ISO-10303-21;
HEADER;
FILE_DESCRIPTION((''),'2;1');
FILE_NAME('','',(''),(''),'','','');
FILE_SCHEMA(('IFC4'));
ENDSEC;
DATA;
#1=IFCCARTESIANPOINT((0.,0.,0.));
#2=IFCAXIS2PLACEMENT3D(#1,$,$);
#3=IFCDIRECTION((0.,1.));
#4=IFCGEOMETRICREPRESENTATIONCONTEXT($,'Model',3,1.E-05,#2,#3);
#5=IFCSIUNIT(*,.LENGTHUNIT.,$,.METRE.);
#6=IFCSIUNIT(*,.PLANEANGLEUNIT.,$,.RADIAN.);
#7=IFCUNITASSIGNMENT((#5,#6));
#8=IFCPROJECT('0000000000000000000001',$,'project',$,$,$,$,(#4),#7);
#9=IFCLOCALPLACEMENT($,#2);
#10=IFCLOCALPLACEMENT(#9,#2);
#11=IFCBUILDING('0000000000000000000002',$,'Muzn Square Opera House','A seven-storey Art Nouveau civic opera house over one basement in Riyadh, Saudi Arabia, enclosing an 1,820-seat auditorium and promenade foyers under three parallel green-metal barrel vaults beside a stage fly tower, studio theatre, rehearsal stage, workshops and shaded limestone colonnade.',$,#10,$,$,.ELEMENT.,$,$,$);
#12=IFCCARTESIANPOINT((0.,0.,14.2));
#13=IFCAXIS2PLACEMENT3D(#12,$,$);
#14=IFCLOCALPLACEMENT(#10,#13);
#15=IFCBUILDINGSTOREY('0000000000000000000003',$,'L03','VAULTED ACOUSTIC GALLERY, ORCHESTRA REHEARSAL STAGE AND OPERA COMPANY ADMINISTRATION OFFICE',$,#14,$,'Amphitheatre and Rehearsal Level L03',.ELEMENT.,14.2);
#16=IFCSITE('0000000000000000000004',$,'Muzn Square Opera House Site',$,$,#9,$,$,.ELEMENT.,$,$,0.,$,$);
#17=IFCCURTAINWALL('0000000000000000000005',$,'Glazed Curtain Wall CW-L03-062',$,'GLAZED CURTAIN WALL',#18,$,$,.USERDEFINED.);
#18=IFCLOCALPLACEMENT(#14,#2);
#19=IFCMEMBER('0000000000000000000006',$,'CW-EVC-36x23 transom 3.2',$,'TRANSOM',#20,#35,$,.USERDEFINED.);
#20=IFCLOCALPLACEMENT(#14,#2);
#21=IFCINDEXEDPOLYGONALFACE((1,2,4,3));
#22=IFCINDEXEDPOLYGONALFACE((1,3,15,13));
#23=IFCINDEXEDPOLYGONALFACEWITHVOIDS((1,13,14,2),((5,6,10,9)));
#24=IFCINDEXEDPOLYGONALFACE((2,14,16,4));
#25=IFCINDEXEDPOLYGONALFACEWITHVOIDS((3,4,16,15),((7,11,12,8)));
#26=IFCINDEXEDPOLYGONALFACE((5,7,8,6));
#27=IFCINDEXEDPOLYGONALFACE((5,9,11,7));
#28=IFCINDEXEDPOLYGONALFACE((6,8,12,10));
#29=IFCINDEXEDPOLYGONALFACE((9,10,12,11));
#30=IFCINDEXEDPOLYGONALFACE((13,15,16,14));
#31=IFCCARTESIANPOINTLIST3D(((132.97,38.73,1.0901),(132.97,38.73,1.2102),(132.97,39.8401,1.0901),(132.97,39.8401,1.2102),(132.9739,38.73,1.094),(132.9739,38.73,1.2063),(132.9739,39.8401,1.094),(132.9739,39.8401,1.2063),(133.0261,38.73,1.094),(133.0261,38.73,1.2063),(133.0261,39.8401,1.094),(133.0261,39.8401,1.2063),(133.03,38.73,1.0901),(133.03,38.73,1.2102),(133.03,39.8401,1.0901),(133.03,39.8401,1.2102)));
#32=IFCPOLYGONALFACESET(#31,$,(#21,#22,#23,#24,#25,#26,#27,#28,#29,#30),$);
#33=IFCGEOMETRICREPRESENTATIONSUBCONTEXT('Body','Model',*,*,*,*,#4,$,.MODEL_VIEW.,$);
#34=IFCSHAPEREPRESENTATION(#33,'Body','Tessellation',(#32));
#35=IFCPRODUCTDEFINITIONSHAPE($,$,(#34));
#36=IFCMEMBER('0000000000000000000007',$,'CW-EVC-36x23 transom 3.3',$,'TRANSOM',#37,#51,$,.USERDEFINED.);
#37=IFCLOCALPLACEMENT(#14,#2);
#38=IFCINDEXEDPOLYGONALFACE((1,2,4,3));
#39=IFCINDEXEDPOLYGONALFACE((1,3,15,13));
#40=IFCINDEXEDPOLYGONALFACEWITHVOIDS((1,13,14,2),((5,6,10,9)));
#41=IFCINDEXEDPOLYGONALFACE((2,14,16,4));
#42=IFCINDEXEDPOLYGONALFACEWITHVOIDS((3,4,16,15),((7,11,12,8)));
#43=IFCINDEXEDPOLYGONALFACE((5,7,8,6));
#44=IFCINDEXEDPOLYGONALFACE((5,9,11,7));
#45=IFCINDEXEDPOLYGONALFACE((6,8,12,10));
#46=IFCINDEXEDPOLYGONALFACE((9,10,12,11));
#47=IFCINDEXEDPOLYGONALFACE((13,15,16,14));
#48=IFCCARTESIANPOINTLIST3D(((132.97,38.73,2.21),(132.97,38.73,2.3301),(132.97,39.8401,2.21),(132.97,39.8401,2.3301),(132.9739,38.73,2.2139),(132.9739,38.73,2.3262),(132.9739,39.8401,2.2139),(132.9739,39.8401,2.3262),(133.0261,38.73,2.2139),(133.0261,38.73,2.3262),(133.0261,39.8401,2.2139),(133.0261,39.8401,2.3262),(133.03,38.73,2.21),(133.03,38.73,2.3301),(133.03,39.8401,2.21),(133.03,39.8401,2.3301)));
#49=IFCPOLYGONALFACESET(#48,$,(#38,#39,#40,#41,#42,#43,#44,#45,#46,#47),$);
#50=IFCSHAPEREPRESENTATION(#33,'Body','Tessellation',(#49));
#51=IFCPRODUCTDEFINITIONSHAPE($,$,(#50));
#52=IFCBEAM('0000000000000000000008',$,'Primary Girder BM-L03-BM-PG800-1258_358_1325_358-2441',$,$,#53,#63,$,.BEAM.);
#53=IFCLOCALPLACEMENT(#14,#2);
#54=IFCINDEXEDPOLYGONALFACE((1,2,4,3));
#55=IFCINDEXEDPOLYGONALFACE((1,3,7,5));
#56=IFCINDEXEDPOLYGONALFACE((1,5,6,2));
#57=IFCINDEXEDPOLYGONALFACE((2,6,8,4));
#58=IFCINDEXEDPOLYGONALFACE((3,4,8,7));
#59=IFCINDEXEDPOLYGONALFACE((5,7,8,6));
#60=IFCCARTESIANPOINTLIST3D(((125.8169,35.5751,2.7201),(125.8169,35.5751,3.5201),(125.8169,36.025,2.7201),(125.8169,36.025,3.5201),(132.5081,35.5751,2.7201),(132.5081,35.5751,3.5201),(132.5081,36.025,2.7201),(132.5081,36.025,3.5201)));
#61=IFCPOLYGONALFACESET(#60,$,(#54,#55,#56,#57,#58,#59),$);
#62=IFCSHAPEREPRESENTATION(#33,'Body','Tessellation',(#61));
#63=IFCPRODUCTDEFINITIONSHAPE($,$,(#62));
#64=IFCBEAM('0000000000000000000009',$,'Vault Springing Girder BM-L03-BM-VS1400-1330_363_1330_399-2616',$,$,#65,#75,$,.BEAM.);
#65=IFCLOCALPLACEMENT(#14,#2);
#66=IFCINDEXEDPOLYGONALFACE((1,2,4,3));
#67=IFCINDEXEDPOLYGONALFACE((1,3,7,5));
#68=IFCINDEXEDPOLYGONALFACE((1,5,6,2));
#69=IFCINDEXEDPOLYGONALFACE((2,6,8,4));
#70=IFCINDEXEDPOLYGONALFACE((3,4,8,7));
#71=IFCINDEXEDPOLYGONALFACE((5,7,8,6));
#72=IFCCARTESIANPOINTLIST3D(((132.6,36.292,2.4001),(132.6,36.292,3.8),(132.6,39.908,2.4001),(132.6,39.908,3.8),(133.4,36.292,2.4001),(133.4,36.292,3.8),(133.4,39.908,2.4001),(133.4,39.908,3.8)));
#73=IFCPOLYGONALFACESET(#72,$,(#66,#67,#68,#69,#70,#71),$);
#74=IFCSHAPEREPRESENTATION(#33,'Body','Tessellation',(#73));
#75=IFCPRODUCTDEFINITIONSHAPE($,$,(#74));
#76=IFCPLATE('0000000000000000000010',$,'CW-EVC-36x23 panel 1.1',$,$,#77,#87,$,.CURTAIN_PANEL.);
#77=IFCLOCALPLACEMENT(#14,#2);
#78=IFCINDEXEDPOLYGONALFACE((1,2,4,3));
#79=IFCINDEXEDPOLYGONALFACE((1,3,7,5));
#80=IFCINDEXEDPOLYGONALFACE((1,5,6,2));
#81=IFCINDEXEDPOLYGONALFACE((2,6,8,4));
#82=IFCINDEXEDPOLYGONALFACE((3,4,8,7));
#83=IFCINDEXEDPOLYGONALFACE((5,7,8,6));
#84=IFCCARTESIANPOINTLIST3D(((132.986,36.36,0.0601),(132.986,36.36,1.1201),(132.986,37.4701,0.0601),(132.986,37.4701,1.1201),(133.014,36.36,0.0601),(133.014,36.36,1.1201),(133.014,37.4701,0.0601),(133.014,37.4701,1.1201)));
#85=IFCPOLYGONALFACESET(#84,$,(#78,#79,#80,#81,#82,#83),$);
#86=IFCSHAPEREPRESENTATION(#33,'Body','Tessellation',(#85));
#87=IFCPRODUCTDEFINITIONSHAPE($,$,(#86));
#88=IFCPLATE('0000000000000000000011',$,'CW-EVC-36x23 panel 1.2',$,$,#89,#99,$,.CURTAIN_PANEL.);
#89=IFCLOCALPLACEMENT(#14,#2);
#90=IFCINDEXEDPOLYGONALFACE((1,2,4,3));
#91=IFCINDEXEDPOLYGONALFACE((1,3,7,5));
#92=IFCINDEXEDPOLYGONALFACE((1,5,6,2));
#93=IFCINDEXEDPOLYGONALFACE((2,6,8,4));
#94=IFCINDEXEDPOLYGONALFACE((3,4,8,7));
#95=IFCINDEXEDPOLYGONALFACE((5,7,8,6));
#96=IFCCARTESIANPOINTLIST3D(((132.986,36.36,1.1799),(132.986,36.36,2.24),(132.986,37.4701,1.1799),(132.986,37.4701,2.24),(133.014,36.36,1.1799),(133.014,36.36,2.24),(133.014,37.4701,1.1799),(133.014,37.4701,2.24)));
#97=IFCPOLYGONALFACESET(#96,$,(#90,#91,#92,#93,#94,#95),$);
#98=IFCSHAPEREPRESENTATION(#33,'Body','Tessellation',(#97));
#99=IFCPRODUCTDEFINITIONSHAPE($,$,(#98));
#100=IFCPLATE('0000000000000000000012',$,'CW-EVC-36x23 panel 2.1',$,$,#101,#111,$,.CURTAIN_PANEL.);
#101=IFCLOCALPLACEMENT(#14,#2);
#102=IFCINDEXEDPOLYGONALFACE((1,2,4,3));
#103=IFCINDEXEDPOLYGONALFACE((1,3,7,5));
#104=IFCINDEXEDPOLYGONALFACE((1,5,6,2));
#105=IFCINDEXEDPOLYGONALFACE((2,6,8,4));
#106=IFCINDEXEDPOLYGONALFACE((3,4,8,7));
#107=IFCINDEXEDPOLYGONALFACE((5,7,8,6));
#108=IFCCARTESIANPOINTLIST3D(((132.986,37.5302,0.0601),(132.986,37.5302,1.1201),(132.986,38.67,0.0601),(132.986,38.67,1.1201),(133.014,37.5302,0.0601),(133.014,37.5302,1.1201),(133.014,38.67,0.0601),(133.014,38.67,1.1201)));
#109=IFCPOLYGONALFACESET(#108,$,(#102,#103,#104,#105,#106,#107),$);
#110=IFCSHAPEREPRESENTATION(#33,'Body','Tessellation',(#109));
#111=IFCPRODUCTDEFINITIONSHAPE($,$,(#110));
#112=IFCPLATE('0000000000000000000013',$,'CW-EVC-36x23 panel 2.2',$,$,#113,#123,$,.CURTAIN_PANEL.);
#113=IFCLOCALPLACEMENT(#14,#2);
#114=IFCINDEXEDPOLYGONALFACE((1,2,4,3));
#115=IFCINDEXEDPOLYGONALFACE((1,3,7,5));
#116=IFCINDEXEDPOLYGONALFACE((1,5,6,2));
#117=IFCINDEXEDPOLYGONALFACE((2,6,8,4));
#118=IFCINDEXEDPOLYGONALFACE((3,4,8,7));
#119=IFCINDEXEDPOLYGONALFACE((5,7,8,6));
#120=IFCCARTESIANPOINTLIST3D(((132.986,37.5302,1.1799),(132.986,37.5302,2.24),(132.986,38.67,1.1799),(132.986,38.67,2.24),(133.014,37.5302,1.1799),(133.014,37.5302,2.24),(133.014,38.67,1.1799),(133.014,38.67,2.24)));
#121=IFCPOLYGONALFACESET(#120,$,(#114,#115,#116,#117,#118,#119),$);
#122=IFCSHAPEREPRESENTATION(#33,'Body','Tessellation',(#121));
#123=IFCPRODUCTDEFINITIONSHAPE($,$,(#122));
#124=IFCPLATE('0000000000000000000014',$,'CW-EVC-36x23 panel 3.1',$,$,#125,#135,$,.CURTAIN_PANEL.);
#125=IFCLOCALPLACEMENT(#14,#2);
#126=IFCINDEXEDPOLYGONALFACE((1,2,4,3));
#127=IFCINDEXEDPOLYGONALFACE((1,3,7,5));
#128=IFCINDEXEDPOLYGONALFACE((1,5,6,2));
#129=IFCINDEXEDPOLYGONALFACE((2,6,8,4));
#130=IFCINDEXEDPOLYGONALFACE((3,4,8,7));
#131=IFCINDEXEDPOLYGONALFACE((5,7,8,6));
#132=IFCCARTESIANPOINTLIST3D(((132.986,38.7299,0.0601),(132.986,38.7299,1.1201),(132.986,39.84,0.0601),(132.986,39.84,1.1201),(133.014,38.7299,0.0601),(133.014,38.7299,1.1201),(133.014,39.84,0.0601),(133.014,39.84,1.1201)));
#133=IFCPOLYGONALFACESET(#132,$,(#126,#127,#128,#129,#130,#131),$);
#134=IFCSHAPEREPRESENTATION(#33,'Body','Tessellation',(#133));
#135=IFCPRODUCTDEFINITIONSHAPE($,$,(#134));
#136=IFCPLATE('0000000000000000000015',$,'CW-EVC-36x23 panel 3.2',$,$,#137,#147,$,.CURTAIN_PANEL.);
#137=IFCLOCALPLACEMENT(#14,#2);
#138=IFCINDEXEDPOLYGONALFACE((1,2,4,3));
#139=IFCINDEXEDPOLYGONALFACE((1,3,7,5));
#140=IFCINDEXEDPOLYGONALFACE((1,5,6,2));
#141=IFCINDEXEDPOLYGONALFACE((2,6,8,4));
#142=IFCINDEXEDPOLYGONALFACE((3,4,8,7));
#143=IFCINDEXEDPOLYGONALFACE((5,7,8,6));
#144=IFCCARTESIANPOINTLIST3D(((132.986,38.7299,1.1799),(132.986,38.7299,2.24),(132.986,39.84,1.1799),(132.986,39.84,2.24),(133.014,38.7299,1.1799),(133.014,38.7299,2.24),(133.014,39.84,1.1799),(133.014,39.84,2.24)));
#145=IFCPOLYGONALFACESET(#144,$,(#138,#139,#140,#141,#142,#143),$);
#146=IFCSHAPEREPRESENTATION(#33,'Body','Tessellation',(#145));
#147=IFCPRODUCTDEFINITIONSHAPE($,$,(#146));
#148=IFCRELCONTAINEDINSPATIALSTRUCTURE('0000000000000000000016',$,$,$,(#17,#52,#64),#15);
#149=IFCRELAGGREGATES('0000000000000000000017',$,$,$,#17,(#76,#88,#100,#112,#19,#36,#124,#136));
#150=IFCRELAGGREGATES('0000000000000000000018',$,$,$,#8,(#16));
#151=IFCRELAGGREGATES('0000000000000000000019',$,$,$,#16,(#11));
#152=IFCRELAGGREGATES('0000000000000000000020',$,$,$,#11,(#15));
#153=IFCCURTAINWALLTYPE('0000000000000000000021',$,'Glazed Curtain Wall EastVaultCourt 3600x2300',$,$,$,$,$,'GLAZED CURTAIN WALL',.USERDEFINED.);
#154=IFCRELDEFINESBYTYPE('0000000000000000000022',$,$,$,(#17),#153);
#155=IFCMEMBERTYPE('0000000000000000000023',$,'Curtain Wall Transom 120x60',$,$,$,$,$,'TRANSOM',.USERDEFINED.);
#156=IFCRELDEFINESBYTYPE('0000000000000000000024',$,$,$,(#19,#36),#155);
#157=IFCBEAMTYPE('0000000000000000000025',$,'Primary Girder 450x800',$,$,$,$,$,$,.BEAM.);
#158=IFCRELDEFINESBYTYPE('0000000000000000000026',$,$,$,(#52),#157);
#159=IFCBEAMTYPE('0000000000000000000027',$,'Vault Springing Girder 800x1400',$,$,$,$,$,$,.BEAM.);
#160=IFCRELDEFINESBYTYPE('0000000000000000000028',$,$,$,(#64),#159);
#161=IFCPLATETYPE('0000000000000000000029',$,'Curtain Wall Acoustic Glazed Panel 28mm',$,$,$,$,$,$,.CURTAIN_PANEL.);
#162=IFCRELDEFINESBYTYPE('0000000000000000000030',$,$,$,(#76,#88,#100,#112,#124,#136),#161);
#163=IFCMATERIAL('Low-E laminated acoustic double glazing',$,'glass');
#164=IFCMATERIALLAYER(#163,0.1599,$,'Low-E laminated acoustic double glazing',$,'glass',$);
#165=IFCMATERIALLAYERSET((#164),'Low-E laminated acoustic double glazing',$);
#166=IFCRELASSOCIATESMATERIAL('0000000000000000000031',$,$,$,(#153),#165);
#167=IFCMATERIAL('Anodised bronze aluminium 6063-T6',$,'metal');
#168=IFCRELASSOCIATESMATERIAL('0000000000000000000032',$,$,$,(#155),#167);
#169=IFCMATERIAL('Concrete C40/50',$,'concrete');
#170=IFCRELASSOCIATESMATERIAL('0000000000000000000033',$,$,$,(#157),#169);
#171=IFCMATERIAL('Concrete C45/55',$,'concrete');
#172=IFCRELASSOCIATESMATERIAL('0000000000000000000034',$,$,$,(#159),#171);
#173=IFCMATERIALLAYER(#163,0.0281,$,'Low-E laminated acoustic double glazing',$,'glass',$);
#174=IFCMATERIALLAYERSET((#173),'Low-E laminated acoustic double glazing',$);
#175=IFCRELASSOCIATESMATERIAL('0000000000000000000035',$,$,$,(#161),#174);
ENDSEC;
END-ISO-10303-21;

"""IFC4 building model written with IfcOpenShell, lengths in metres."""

from ifc_helpers import new_model, si_unit, direction, frame, origin, origin_2d, place, context, subcontext, project, spatial, rectangle, hollow_rectangle, extrude, material, layer, layer_set, material_profile, profile_set, type_object, element, aggregate, save


model = new_model("IFC4")

# Units and contexts
model_context = context("Model", 3, precision=1e-05, world=origin(), true_north=direction((0.0, 1.0)))
body_context = subcontext(model_context, "Body", "Model", "MODEL_VIEW")
ifc_project = project(units=[si_unit("LENGTHUNIT", "METRE"), si_unit("PLANEANGLEUNIT", "RADIAN")], contexts=[model_context])

# Site, building, storey
site_placement = place(None, origin())
site = spatial("IfcSite", under=ifc_project, at=site_placement, Name="Muzn Square Opera House Site", CompositionType="ELEMENT", RefElevation=0.0)
building_placement = place(site_placement, origin())
building = spatial("IfcBuilding", under=site, at=building_placement, Name="Muzn Square Opera House", Description="A seven-storey Art Nouveau civic opera house over one basement in Riyadh, Saudi Arabia, enclosing an 1,820-seat auditorium and promenade foyers under three parallel green-metal barrel vaults beside a stage fly tower, studio theatre, rehearsal stage, workshops and shaded limestone colonnade.", CompositionType="ELEMENT")
storey_placement = place(building_placement, frame((0.0, 0.0, 14.2)))
storey = spatial("IfcBuildingStorey", under=building, at=storey_placement, Name="L03", Description="VAULTED ACOUSTIC GALLERY, ORCHESTRA REHEARSAL STAGE AND OPERA COMPANY ADMINISTRATION OFFICE", LongName="Amphitheatre and Rehearsal Level L03", CompositionType="ELEMENT", Elevation=14.2)

# Shared definitions
ifc_material_1 = material(Name="Concrete C45/55", Category="concrete")

# Curtain wall, members
ifc_material_2 = material(Name="Low-E laminated acoustic double glazing", Category="glass")
ifc_layer_1 = layer(ifc_material_2, 0.1599, Name="Low-E laminated acoustic double glazing", Category="glass")
ifc_layer_set_1 = layer_set([ifc_layer_1], Name="Low-E laminated acoustic double glazing")
curtain_wall_type = type_object("IfcCurtainWallType", Name="Glazed Curtain Wall EastVaultCourt 3600x2300", ElementType="GLAZED CURTAIN WALL", PredefinedType="USERDEFINED", material=ifc_layer_set_1)
curtain_wall_placement = place(storey_placement, origin())
curtain_wall = element("IfcCurtainWall", 1, at=curtain_wall_placement, inside=storey, type_object=curtain_wall_type, Name="Glazed Curtain Wall CW-L03-062", ObjectType="GLAZED CURTAIN WALL", PredefinedType="USERDEFINED")
ifc_material_3 = material(Name="Anodised bronze aluminium 6063-T6", Category="metal")
ifc_material_profile_1 = material_profile(ifc_material_3, hollow_rectangle(XDim=0.0601, YDim=0.1201, WallThickness=0.0039, at=origin_2d()), Name="ALU 120x60x4", Category="metal")
ifc_profile_set_1 = profile_set([ifc_material_profile_1], Name="Anodised bronze aluminium 6063-T6")
member_type_1 = type_object("IfcMemberType", Name="Curtain Wall Transom 120x60", ElementType="TRANSOM", PredefinedType="USERDEFINED", material=ifc_profile_set_1)
member_1_placement = place(storey_placement, frame((133.0, 38.73, 1.1501), z_axis=(0.0, 1.0, 0.0), x_axis=(-1.0, 0.0, 0.0)))
member_1 = element("IfcMember", 2, at=member_1_placement, type_object=member_type_1, Name="CW-EVC-36x23 transom 3.2", ObjectType="TRANSOM", PredefinedType="USERDEFINED", context=body_context, shape_type="SweptSolid", body=[
    extrude(hollow_rectangle(XDim=0.0601, YDim=0.1201, WallThickness=0.0039, at=origin_2d()), origin(), (0.0, 0.0, 1.0), 1.1101),
])
member_2_placement = place(storey_placement, frame((133.0, 38.73, 2.27), z_axis=(0.0, 1.0, 0.0), x_axis=(-1.0, 0.0, 0.0)))
member_2 = element("IfcMember", 3, at=member_2_placement, type_object=member_type_1, Name="CW-EVC-36x23 transom 3.3", ObjectType="TRANSOM", PredefinedType="USERDEFINED", context=body_context, shape_type="SweptSolid", body=[
    extrude(hollow_rectangle(XDim=0.0601, YDim=0.1201, WallThickness=0.0039, at=origin_2d()), origin(), (0.0, 0.0, 1.0), 1.1101),
])

# Beams
ifc_material_4 = material(Name="Concrete C40/50", Category="concrete")
ifc_material_profile_2 = material_profile(ifc_material_4, rectangle(XDim=0.45, YDim=0.8, at=origin_2d()), Name="RCB 450x800", Category="concrete")
ifc_profile_set_2 = profile_set([ifc_material_profile_2], Name="Concrete C40/50")
beam_type_1 = type_object("IfcBeamType", Name="Primary Girder 450x800", PredefinedType="BEAM", material=ifc_profile_set_2)
beam_1_placement = place(storey_placement, frame((125.8169, 35.8, 3.1201), z_axis=(1.0, 0.0, 0.0), x_axis=(0.0, 1.0, 0.0)))
element("IfcBeam", 4, at=beam_1_placement, inside=storey, type_object=beam_type_1, Name="Primary Girder BM-L03-BM-PG800-1258_358_1325_358-2441", PredefinedType="BEAM", context=body_context, shape_type="SweptSolid", body=[
    extrude(rectangle(XDim=0.45, YDim=0.8, at=origin_2d()), origin(), (0.0, 0.0, 1.0), 6.6912),
])
ifc_material_profile_3 = material_profile(ifc_material_1, rectangle(XDim=0.8, YDim=1.3999, at=origin_2d()), Name="RCB 800x1400", Category="concrete")
ifc_profile_set_3 = profile_set([ifc_material_profile_3], Name="Concrete C45/55")
beam_type_2 = type_object("IfcBeamType", Name="Vault Springing Girder 800x1400", PredefinedType="BEAM", material=ifc_profile_set_3)
beam_2_placement = place(storey_placement, frame((133.0, 36.292, 3.1001), z_axis=(0.0, 1.0, 0.0), x_axis=(-1.0, 0.0, 0.0)))
element("IfcBeam", 5, at=beam_2_placement, inside=storey, type_object=beam_type_2, Name="Vault Springing Girder BM-L03-BM-VS1400-1330_363_1330_399-2616", PredefinedType="BEAM", context=body_context, shape_type="SweptSolid", body=[
    extrude(rectangle(XDim=0.8, YDim=1.3999, at=origin_2d()), origin(), (0.0, 0.0, 1.0), 3.616),
])

# Plates
ifc_layer_2 = layer(ifc_material_2, 0.0281, Name="Low-E laminated acoustic double glazing", Category="glass")
ifc_layer_set_2 = layer_set([ifc_layer_2], Name="Low-E laminated acoustic double glazing")
plate_type = type_object("IfcPlateType", Name="Curtain Wall Acoustic Glazed Panel 28mm", PredefinedType="CURTAIN_PANEL", material=ifc_layer_set_2)
plate_1_placement = place(storey_placement, frame((133.0, 36.915, 0.0601), z_axis=(0.0, 0.0, 1.0), x_axis=(0.0, 1.0, 0.0)))
plate_1 = element("IfcPlate", 6, at=plate_1_placement, type_object=plate_type, Name="CW-EVC-36x23 panel 1.1", PredefinedType="CURTAIN_PANEL", context=body_context, shape_type="SweptSolid", body=[
    extrude(rectangle(XDim=1.1101, YDim=0.0281, at=origin_2d()), origin(), (0.0, 0.0, 1.0), 1.0601),
])
plate_2_placement = place(storey_placement, frame((133.0, 36.915, 1.1799), z_axis=(0.0, 0.0, 1.0), x_axis=(0.0, 1.0, 0.0)))
plate_2 = element("IfcPlate", 7, at=plate_2_placement, type_object=plate_type, Name="CW-EVC-36x23 panel 1.2", PredefinedType="CURTAIN_PANEL", context=body_context, shape_type="SweptSolid", body=[
    extrude(rectangle(XDim=1.1101, YDim=0.0281, at=origin_2d()), origin(), (0.0, 0.0, 1.0), 1.0601),
])
plate_3_placement = place(storey_placement, frame((133.0, 38.1001, 0.0601), z_axis=(0.0, 0.0, 1.0), x_axis=(0.0, 1.0, 0.0)))
plate_3 = element("IfcPlate", 8, at=plate_3_placement, type_object=plate_type, Name="CW-EVC-36x23 panel 2.1", PredefinedType="CURTAIN_PANEL", context=body_context, shape_type="SweptSolid", body=[
    extrude(rectangle(XDim=1.1399, YDim=0.0281, at=origin_2d()), origin(), (0.0, 0.0, 1.0), 1.0601),
])
plate_4_placement = place(storey_placement, frame((133.0, 38.1001, 1.1799), z_axis=(0.0, 0.0, 1.0), x_axis=(0.0, 1.0, 0.0)))
plate_4 = element("IfcPlate", 9, at=plate_4_placement, type_object=plate_type, Name="CW-EVC-36x23 panel 2.2", PredefinedType="CURTAIN_PANEL", context=body_context, shape_type="SweptSolid", body=[
    extrude(rectangle(XDim=1.1399, YDim=0.0281, at=origin_2d()), origin(), (0.0, 0.0, 1.0), 1.0601),
])
plate_5_placement = place(storey_placement, frame((133.0, 39.2849, 0.0601), z_axis=(0.0, 0.0, 1.0), x_axis=(0.0, 1.0, 0.0)))
plate_5 = element("IfcPlate", 10, at=plate_5_placement, type_object=plate_type, Name="CW-EVC-36x23 panel 3.1", PredefinedType="CURTAIN_PANEL", context=body_context, shape_type="SweptSolid", body=[
    extrude(rectangle(XDim=1.1101, YDim=0.0281, at=origin_2d()), origin(), (0.0, 0.0, 1.0), 1.0601),
])
plate_6_placement = place(storey_placement, frame((133.0, 39.2849, 1.1799), z_axis=(0.0, 0.0, 1.0), x_axis=(0.0, 1.0, 0.0)))
plate_6 = element("IfcPlate", 11, at=plate_6_placement, type_object=plate_type, Name="CW-EVC-36x23 panel 3.2", PredefinedType="CURTAIN_PANEL", context=body_context, shape_type="SweptSolid", body=[
    extrude(rectangle(XDim=1.1101, YDim=0.0281, at=origin_2d()), origin(), (0.0, 0.0, 1.0), 1.0601),
])
aggregate(curtain_wall, [plate_1, plate_2, plate_3, plate_4, member_1, member_2, plate_5, plate_6])

save(model, "model.ifc")
